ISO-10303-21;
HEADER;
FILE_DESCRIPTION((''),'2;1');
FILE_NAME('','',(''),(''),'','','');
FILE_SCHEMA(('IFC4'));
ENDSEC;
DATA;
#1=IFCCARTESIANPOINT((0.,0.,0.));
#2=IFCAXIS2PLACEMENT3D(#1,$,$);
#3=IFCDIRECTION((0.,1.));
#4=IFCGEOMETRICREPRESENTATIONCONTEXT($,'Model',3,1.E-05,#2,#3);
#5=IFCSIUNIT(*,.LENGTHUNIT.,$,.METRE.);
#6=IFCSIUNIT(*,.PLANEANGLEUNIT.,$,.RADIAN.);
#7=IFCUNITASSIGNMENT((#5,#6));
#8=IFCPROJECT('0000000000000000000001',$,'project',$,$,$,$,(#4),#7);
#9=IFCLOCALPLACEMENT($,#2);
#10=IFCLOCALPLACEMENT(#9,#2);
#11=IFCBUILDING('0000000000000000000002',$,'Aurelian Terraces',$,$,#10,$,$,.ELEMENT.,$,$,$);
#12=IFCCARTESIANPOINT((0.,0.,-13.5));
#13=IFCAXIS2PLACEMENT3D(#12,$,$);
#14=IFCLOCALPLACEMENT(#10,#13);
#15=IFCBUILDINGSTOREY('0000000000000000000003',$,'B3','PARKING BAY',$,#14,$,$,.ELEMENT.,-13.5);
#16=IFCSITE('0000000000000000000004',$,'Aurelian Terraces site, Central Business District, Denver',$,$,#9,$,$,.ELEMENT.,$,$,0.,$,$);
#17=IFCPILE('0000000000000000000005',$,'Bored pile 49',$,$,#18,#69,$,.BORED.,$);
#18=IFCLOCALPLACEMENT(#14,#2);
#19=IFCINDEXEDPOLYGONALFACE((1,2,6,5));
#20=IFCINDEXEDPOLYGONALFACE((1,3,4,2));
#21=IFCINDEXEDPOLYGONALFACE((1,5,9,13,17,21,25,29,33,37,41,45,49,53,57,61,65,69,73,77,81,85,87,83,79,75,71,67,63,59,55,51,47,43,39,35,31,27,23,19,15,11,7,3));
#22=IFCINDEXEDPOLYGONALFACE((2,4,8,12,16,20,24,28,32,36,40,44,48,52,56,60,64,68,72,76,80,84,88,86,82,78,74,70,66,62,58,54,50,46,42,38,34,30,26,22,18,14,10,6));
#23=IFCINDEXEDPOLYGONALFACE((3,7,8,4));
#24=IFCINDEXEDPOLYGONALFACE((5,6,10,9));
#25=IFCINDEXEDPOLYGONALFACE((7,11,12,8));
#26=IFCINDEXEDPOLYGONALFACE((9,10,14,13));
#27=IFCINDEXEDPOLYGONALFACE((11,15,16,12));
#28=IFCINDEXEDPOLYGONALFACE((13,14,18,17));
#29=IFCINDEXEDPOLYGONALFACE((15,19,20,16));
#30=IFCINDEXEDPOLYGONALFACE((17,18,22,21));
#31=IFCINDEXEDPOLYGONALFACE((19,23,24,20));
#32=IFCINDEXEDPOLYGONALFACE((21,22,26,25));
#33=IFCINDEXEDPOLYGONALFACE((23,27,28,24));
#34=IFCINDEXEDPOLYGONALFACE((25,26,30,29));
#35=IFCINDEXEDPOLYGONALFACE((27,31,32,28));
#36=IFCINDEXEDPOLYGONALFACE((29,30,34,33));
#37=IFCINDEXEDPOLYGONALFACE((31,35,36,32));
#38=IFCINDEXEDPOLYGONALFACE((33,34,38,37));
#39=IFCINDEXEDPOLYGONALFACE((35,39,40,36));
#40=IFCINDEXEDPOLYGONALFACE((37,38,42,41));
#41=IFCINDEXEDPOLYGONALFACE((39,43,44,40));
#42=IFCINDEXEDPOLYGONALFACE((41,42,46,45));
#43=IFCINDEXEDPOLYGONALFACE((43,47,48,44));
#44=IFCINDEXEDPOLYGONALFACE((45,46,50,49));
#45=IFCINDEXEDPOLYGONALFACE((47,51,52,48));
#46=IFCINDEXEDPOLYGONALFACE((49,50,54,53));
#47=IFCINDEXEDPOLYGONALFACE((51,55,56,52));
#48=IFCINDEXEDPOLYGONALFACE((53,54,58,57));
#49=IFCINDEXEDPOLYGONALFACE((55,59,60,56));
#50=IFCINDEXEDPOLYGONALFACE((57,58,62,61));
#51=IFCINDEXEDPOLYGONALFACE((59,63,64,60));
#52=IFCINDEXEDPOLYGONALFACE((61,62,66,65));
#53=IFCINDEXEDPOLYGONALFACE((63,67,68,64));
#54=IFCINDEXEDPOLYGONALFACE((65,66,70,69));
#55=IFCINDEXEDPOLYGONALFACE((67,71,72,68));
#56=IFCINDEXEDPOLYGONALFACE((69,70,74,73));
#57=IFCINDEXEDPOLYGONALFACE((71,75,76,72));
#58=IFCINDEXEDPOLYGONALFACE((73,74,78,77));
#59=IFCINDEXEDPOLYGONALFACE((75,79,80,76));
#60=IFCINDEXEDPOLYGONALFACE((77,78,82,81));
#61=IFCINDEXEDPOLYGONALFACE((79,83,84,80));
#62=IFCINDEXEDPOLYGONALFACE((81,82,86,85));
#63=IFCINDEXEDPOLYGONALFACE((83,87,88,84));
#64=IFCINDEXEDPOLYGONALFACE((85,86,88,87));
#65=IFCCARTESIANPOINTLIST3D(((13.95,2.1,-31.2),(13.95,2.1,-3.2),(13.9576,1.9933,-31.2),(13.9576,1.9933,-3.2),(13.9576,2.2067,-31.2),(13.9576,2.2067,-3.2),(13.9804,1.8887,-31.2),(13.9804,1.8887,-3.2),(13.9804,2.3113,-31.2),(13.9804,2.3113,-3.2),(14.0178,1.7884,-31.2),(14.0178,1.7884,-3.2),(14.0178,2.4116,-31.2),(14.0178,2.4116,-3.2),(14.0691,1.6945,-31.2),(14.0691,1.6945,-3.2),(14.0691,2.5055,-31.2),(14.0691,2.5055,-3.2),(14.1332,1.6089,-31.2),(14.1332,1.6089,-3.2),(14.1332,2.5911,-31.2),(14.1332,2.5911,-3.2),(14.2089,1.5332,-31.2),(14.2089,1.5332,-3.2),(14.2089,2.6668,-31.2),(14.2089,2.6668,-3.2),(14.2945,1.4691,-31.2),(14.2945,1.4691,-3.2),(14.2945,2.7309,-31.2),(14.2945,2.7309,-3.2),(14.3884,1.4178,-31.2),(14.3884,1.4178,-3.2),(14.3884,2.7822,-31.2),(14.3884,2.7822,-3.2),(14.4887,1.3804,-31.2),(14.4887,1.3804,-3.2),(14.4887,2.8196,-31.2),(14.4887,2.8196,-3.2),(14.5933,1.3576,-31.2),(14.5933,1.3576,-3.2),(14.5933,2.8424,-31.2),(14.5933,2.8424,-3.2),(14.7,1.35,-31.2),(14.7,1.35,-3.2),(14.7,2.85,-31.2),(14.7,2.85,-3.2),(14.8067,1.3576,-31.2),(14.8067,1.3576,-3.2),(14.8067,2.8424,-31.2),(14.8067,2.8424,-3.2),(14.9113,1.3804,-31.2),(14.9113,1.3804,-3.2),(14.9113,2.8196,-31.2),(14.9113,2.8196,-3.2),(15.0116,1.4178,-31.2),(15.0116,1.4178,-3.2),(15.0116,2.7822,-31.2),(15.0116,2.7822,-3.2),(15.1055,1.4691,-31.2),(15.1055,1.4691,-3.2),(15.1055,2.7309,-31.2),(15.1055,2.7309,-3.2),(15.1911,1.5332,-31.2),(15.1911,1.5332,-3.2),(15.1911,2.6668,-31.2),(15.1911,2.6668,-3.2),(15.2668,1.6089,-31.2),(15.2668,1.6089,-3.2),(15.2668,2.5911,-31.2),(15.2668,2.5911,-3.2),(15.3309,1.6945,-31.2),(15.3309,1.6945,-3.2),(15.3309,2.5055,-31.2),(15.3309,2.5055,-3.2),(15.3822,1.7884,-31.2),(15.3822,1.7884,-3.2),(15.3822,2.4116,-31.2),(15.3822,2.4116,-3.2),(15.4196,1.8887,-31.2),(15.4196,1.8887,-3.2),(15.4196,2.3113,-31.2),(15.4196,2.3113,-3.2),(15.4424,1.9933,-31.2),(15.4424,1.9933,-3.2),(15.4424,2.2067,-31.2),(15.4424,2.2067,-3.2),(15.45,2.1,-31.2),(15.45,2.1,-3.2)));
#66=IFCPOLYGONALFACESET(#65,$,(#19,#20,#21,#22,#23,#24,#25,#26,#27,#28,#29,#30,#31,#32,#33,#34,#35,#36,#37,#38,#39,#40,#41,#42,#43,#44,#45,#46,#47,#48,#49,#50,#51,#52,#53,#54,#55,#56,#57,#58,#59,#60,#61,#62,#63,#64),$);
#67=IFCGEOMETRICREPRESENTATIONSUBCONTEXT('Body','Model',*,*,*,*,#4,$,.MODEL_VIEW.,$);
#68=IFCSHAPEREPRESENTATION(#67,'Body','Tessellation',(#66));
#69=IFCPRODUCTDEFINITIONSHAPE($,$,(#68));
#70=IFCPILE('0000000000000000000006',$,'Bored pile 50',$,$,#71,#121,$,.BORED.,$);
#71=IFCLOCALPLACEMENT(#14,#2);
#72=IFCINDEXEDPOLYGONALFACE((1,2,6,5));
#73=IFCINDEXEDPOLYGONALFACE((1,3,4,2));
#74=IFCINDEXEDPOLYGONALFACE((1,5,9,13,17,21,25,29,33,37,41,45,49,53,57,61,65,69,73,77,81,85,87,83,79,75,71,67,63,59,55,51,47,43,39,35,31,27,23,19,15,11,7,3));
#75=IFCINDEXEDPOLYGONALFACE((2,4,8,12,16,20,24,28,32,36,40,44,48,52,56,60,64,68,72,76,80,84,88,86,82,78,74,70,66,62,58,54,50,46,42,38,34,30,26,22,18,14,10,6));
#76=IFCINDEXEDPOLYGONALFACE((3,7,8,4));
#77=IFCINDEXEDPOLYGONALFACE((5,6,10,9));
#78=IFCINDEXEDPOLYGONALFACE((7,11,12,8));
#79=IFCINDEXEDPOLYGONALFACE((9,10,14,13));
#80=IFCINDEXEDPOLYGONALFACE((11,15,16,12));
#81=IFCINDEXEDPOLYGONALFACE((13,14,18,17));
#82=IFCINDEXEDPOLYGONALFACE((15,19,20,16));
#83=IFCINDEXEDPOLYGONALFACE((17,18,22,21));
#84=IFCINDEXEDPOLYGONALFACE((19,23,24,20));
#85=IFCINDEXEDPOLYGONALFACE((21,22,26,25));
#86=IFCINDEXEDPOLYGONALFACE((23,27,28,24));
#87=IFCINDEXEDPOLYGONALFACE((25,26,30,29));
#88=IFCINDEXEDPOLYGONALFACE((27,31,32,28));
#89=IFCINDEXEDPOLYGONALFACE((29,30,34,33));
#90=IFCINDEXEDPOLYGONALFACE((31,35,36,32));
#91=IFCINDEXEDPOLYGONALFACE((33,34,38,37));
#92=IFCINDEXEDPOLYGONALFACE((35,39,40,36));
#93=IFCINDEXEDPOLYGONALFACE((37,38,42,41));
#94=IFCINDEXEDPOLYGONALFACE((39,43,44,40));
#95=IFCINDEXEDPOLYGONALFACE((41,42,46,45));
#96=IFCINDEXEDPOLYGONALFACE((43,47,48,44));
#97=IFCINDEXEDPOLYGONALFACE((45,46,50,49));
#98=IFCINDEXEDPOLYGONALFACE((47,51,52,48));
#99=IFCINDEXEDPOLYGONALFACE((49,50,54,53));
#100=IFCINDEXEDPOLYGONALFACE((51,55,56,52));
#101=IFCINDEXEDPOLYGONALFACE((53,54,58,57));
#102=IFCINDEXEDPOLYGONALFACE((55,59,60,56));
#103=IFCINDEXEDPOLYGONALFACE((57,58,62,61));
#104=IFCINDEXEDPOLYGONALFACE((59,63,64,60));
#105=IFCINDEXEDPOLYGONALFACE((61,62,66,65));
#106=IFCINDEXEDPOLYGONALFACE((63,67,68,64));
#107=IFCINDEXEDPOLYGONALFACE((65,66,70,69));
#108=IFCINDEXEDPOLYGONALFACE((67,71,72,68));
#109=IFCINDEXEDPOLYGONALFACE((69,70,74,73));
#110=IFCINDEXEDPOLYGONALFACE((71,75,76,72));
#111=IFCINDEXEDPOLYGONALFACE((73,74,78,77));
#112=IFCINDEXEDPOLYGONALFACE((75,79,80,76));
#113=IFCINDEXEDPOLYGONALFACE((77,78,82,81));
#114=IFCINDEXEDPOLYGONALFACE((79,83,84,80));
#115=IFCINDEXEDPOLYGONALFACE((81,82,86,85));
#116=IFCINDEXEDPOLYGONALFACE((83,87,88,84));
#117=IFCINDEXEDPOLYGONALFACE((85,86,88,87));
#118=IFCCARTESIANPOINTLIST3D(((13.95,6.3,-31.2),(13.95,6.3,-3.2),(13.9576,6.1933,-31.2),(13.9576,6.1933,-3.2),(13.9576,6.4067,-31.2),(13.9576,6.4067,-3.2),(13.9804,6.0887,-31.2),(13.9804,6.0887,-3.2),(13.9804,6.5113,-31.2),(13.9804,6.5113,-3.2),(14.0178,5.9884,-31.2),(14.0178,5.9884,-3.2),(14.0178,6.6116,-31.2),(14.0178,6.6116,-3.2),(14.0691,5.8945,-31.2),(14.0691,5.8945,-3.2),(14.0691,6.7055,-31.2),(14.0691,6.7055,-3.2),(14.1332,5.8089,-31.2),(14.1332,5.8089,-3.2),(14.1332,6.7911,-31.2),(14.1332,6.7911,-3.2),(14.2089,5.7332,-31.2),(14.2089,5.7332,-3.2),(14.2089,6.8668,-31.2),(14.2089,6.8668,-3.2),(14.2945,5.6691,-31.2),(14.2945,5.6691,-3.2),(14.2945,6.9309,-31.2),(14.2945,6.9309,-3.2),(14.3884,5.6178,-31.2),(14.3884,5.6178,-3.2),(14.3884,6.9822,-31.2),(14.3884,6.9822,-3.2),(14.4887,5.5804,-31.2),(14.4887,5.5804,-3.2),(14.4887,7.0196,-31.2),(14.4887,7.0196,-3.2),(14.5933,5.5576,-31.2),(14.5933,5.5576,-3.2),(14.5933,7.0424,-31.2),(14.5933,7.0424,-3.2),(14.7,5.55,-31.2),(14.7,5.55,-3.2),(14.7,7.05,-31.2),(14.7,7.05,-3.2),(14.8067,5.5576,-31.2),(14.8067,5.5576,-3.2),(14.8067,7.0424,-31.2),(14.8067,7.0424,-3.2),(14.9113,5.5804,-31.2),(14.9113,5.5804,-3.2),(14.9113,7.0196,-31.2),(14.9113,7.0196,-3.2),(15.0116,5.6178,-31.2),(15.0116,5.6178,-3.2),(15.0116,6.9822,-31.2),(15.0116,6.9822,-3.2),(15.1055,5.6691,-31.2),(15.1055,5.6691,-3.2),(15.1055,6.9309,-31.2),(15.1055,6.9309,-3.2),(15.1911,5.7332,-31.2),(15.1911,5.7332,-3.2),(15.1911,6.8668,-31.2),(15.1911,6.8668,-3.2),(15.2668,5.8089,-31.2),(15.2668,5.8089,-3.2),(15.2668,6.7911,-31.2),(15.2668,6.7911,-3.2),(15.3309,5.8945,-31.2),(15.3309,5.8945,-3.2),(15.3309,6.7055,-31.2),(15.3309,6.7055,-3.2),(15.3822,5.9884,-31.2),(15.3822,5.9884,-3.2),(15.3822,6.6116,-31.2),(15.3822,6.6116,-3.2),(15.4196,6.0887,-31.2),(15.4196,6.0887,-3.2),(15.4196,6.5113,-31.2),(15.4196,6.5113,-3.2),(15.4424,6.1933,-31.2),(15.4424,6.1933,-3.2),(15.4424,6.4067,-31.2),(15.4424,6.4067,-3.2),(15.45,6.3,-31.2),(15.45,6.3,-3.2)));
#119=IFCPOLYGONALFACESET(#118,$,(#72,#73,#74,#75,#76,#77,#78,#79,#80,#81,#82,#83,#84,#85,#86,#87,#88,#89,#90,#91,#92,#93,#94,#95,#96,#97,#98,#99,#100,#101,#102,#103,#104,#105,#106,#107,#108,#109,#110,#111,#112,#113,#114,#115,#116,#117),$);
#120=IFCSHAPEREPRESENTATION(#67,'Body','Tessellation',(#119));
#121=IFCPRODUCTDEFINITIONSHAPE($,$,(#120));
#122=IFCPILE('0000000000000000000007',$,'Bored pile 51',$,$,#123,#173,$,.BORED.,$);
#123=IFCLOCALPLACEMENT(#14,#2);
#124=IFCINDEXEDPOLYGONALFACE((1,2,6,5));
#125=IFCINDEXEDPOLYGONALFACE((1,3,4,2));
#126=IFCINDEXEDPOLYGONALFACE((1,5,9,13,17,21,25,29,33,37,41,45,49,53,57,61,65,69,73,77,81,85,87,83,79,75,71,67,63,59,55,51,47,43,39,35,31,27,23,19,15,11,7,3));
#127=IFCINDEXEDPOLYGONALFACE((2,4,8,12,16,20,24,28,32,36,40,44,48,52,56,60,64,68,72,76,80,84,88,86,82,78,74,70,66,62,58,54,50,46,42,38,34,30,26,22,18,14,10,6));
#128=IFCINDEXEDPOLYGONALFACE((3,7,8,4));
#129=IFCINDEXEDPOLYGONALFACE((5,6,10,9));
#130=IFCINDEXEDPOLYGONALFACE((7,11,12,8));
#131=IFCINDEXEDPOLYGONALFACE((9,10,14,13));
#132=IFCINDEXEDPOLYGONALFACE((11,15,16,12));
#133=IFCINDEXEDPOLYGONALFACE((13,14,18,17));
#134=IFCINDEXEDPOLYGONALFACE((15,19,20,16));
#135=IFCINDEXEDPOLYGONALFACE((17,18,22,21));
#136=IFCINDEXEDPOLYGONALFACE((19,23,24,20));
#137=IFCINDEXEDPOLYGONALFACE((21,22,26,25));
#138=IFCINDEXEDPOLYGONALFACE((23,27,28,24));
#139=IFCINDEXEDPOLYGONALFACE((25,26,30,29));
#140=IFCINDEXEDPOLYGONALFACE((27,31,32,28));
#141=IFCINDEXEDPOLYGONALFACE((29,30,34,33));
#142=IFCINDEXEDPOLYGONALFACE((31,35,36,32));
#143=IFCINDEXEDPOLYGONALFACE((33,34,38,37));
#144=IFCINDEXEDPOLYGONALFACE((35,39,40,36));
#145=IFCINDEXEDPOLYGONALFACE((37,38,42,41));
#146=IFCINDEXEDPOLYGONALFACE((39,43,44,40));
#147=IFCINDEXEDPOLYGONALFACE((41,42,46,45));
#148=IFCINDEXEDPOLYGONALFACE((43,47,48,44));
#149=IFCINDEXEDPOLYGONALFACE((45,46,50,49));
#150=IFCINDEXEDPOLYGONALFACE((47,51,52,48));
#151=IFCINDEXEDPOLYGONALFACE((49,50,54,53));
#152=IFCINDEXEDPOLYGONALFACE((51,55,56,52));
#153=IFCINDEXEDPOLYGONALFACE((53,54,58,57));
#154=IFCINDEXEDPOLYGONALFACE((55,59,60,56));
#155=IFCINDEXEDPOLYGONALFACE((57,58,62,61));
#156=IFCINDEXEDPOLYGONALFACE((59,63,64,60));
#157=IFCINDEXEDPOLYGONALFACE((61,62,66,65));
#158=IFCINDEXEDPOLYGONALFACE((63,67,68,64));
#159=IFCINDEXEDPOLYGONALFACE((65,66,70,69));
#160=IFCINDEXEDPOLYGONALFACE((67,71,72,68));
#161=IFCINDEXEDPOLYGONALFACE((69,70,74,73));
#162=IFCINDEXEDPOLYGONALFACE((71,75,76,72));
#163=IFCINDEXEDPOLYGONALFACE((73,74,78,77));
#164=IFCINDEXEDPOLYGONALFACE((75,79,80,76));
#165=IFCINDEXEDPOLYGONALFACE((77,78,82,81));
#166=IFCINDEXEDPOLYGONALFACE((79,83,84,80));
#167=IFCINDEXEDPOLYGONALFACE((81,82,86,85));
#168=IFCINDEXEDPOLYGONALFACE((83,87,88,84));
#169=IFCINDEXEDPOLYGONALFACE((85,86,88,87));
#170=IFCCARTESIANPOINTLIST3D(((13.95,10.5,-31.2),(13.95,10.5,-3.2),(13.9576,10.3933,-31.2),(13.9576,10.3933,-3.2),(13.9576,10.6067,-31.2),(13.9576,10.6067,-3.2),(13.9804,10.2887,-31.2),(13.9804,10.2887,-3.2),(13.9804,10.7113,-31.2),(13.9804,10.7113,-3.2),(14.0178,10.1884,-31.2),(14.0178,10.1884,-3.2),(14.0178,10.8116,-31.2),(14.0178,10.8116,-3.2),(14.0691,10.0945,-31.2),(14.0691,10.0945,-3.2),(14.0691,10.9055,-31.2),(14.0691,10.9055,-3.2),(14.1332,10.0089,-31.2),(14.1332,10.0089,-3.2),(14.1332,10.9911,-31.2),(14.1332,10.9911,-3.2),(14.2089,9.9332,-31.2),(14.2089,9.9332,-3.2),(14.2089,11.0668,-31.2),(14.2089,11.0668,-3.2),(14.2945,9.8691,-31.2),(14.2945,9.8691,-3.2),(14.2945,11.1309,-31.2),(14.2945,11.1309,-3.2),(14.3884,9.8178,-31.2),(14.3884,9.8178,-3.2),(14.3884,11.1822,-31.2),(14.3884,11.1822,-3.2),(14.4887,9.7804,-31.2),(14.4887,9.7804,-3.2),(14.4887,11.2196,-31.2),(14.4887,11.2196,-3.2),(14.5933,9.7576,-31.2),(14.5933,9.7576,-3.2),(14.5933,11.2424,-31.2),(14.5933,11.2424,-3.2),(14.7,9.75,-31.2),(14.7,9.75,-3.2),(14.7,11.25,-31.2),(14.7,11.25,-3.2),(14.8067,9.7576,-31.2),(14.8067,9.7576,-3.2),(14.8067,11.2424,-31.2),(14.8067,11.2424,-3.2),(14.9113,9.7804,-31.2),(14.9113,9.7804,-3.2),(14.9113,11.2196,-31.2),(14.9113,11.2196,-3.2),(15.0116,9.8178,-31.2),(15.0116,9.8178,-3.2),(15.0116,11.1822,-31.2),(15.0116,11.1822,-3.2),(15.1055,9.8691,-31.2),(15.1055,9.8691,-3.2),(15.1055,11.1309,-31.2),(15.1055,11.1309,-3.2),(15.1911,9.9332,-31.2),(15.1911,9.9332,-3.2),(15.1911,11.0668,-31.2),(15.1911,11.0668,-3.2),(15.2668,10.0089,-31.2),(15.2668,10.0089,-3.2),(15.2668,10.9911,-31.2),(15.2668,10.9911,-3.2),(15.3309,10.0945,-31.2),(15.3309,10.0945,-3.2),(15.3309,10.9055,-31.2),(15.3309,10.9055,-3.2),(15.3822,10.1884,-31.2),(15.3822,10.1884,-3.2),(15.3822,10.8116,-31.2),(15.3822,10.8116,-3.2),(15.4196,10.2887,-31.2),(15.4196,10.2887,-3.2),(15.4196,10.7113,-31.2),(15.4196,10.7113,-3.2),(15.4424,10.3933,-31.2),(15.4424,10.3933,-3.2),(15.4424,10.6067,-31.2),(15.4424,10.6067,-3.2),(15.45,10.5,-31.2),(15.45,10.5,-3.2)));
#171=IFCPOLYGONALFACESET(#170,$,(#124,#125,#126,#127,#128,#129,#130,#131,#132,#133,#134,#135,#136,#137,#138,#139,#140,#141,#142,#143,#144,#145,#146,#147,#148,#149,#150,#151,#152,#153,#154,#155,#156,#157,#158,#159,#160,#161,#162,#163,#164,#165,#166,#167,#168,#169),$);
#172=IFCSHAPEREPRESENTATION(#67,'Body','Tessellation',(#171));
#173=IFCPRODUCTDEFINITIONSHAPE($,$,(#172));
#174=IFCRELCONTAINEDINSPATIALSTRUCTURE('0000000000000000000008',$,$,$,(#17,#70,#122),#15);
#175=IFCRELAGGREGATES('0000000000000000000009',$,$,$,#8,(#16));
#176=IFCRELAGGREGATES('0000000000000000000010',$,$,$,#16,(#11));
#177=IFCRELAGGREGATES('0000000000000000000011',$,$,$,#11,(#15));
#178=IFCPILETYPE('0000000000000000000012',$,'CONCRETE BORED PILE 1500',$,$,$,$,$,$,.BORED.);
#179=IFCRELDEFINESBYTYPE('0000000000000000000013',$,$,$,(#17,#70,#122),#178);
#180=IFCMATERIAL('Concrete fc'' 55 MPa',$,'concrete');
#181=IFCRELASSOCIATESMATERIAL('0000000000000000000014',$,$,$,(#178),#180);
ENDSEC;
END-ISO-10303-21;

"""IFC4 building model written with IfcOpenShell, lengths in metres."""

from ifc_helpers import new_model, si_unit, direction, frame, origin, origin_2d, place, context, subcontext, project, spatial, circle, extrude, source, transform, mapped, material, material_profile, profile_set, type_object, element, save


model = new_model("IFC4")

# Units and contexts
model_context = context("Model", 3, precision=1e-05, world=origin(), true_north=direction((0.0, 1.0)))
body_context = subcontext(model_context, "Body", "Model", "MODEL_VIEW")
ifc_project = project(units=[si_unit("LENGTHUNIT", "METRE"), si_unit("PLANEANGLEUNIT", "RADIAN")], contexts=[model_context])

# Site, building, storey
site_placement = place(None, origin())
site = spatial("IfcSite", under=ifc_project, at=site_placement, Name="Aurelian Terraces site, Central Business District, Denver", CompositionType="ELEMENT", RefElevation=0.0)
building_placement = place(site_placement, origin())
building = spatial("IfcBuilding", under=site, at=building_placement, Name="Aurelian Terraces", CompositionType="ELEMENT")
storey_placement = place(building_placement, frame((0.0, 0.0, -13.5)))
storey = spatial("IfcBuildingStorey", under=building, at=storey_placement, Name="B3", Description="PARKING BAY", CompositionType="ELEMENT", Elevation=-13.5)

# Piles
ifc_material_1 = material(Name="Concrete fc' 55 MPa", Category="concrete")
ifc_material_profile_1 = material_profile(ifc_material_1, circle(Radius=0.75, at=origin_2d()))
ifc_profile_set_1 = profile_set([ifc_material_profile_1], Name="Concrete fc' 55 MPa")
pile_type = type_object("IfcPileType", Name="CONCRETE BORED PILE 1500", PredefinedType="BORED", material=ifc_profile_set_1)
shared_shape_1 = source(origin(), body_context, "Body", "SweptSolid", [
    extrude(circle(Radius=0.75, at=origin_2d()), origin(), (0.0, 0.0, 1.0), 28.0),
])
for number, where, z_axis, x_axis, name in (
    (1, (14.7, 2.1, -3.2), (0.0, 0.0, -1.0), (1.0, 0.0, 0.0), "Bored pile 49"),
    (2, (14.7, 6.3, -3.2), (0.0, 0.0, -1.0), (1.0, 0.0, 0.0), "Bored pile 50"),
    (3, (14.7, 10.5, -3.2), (0.0, 0.0, -1.0), (1.0, 0.0, 0.0), "Bored pile 51"),
):
    element("IfcPile", number, at=place(storey_placement, frame(where, z_axis=z_axis, x_axis=x_axis)), inside=storey, type_object=pile_type, Name=name, PredefinedType="BORED", context=body_context, shape_type="MappedRepresentation", body=[
        mapped(shared_shape_1, transform((0.0, 0.0, 0.0), scale=1.0)),
    ])

save(model, "model.ifc")
